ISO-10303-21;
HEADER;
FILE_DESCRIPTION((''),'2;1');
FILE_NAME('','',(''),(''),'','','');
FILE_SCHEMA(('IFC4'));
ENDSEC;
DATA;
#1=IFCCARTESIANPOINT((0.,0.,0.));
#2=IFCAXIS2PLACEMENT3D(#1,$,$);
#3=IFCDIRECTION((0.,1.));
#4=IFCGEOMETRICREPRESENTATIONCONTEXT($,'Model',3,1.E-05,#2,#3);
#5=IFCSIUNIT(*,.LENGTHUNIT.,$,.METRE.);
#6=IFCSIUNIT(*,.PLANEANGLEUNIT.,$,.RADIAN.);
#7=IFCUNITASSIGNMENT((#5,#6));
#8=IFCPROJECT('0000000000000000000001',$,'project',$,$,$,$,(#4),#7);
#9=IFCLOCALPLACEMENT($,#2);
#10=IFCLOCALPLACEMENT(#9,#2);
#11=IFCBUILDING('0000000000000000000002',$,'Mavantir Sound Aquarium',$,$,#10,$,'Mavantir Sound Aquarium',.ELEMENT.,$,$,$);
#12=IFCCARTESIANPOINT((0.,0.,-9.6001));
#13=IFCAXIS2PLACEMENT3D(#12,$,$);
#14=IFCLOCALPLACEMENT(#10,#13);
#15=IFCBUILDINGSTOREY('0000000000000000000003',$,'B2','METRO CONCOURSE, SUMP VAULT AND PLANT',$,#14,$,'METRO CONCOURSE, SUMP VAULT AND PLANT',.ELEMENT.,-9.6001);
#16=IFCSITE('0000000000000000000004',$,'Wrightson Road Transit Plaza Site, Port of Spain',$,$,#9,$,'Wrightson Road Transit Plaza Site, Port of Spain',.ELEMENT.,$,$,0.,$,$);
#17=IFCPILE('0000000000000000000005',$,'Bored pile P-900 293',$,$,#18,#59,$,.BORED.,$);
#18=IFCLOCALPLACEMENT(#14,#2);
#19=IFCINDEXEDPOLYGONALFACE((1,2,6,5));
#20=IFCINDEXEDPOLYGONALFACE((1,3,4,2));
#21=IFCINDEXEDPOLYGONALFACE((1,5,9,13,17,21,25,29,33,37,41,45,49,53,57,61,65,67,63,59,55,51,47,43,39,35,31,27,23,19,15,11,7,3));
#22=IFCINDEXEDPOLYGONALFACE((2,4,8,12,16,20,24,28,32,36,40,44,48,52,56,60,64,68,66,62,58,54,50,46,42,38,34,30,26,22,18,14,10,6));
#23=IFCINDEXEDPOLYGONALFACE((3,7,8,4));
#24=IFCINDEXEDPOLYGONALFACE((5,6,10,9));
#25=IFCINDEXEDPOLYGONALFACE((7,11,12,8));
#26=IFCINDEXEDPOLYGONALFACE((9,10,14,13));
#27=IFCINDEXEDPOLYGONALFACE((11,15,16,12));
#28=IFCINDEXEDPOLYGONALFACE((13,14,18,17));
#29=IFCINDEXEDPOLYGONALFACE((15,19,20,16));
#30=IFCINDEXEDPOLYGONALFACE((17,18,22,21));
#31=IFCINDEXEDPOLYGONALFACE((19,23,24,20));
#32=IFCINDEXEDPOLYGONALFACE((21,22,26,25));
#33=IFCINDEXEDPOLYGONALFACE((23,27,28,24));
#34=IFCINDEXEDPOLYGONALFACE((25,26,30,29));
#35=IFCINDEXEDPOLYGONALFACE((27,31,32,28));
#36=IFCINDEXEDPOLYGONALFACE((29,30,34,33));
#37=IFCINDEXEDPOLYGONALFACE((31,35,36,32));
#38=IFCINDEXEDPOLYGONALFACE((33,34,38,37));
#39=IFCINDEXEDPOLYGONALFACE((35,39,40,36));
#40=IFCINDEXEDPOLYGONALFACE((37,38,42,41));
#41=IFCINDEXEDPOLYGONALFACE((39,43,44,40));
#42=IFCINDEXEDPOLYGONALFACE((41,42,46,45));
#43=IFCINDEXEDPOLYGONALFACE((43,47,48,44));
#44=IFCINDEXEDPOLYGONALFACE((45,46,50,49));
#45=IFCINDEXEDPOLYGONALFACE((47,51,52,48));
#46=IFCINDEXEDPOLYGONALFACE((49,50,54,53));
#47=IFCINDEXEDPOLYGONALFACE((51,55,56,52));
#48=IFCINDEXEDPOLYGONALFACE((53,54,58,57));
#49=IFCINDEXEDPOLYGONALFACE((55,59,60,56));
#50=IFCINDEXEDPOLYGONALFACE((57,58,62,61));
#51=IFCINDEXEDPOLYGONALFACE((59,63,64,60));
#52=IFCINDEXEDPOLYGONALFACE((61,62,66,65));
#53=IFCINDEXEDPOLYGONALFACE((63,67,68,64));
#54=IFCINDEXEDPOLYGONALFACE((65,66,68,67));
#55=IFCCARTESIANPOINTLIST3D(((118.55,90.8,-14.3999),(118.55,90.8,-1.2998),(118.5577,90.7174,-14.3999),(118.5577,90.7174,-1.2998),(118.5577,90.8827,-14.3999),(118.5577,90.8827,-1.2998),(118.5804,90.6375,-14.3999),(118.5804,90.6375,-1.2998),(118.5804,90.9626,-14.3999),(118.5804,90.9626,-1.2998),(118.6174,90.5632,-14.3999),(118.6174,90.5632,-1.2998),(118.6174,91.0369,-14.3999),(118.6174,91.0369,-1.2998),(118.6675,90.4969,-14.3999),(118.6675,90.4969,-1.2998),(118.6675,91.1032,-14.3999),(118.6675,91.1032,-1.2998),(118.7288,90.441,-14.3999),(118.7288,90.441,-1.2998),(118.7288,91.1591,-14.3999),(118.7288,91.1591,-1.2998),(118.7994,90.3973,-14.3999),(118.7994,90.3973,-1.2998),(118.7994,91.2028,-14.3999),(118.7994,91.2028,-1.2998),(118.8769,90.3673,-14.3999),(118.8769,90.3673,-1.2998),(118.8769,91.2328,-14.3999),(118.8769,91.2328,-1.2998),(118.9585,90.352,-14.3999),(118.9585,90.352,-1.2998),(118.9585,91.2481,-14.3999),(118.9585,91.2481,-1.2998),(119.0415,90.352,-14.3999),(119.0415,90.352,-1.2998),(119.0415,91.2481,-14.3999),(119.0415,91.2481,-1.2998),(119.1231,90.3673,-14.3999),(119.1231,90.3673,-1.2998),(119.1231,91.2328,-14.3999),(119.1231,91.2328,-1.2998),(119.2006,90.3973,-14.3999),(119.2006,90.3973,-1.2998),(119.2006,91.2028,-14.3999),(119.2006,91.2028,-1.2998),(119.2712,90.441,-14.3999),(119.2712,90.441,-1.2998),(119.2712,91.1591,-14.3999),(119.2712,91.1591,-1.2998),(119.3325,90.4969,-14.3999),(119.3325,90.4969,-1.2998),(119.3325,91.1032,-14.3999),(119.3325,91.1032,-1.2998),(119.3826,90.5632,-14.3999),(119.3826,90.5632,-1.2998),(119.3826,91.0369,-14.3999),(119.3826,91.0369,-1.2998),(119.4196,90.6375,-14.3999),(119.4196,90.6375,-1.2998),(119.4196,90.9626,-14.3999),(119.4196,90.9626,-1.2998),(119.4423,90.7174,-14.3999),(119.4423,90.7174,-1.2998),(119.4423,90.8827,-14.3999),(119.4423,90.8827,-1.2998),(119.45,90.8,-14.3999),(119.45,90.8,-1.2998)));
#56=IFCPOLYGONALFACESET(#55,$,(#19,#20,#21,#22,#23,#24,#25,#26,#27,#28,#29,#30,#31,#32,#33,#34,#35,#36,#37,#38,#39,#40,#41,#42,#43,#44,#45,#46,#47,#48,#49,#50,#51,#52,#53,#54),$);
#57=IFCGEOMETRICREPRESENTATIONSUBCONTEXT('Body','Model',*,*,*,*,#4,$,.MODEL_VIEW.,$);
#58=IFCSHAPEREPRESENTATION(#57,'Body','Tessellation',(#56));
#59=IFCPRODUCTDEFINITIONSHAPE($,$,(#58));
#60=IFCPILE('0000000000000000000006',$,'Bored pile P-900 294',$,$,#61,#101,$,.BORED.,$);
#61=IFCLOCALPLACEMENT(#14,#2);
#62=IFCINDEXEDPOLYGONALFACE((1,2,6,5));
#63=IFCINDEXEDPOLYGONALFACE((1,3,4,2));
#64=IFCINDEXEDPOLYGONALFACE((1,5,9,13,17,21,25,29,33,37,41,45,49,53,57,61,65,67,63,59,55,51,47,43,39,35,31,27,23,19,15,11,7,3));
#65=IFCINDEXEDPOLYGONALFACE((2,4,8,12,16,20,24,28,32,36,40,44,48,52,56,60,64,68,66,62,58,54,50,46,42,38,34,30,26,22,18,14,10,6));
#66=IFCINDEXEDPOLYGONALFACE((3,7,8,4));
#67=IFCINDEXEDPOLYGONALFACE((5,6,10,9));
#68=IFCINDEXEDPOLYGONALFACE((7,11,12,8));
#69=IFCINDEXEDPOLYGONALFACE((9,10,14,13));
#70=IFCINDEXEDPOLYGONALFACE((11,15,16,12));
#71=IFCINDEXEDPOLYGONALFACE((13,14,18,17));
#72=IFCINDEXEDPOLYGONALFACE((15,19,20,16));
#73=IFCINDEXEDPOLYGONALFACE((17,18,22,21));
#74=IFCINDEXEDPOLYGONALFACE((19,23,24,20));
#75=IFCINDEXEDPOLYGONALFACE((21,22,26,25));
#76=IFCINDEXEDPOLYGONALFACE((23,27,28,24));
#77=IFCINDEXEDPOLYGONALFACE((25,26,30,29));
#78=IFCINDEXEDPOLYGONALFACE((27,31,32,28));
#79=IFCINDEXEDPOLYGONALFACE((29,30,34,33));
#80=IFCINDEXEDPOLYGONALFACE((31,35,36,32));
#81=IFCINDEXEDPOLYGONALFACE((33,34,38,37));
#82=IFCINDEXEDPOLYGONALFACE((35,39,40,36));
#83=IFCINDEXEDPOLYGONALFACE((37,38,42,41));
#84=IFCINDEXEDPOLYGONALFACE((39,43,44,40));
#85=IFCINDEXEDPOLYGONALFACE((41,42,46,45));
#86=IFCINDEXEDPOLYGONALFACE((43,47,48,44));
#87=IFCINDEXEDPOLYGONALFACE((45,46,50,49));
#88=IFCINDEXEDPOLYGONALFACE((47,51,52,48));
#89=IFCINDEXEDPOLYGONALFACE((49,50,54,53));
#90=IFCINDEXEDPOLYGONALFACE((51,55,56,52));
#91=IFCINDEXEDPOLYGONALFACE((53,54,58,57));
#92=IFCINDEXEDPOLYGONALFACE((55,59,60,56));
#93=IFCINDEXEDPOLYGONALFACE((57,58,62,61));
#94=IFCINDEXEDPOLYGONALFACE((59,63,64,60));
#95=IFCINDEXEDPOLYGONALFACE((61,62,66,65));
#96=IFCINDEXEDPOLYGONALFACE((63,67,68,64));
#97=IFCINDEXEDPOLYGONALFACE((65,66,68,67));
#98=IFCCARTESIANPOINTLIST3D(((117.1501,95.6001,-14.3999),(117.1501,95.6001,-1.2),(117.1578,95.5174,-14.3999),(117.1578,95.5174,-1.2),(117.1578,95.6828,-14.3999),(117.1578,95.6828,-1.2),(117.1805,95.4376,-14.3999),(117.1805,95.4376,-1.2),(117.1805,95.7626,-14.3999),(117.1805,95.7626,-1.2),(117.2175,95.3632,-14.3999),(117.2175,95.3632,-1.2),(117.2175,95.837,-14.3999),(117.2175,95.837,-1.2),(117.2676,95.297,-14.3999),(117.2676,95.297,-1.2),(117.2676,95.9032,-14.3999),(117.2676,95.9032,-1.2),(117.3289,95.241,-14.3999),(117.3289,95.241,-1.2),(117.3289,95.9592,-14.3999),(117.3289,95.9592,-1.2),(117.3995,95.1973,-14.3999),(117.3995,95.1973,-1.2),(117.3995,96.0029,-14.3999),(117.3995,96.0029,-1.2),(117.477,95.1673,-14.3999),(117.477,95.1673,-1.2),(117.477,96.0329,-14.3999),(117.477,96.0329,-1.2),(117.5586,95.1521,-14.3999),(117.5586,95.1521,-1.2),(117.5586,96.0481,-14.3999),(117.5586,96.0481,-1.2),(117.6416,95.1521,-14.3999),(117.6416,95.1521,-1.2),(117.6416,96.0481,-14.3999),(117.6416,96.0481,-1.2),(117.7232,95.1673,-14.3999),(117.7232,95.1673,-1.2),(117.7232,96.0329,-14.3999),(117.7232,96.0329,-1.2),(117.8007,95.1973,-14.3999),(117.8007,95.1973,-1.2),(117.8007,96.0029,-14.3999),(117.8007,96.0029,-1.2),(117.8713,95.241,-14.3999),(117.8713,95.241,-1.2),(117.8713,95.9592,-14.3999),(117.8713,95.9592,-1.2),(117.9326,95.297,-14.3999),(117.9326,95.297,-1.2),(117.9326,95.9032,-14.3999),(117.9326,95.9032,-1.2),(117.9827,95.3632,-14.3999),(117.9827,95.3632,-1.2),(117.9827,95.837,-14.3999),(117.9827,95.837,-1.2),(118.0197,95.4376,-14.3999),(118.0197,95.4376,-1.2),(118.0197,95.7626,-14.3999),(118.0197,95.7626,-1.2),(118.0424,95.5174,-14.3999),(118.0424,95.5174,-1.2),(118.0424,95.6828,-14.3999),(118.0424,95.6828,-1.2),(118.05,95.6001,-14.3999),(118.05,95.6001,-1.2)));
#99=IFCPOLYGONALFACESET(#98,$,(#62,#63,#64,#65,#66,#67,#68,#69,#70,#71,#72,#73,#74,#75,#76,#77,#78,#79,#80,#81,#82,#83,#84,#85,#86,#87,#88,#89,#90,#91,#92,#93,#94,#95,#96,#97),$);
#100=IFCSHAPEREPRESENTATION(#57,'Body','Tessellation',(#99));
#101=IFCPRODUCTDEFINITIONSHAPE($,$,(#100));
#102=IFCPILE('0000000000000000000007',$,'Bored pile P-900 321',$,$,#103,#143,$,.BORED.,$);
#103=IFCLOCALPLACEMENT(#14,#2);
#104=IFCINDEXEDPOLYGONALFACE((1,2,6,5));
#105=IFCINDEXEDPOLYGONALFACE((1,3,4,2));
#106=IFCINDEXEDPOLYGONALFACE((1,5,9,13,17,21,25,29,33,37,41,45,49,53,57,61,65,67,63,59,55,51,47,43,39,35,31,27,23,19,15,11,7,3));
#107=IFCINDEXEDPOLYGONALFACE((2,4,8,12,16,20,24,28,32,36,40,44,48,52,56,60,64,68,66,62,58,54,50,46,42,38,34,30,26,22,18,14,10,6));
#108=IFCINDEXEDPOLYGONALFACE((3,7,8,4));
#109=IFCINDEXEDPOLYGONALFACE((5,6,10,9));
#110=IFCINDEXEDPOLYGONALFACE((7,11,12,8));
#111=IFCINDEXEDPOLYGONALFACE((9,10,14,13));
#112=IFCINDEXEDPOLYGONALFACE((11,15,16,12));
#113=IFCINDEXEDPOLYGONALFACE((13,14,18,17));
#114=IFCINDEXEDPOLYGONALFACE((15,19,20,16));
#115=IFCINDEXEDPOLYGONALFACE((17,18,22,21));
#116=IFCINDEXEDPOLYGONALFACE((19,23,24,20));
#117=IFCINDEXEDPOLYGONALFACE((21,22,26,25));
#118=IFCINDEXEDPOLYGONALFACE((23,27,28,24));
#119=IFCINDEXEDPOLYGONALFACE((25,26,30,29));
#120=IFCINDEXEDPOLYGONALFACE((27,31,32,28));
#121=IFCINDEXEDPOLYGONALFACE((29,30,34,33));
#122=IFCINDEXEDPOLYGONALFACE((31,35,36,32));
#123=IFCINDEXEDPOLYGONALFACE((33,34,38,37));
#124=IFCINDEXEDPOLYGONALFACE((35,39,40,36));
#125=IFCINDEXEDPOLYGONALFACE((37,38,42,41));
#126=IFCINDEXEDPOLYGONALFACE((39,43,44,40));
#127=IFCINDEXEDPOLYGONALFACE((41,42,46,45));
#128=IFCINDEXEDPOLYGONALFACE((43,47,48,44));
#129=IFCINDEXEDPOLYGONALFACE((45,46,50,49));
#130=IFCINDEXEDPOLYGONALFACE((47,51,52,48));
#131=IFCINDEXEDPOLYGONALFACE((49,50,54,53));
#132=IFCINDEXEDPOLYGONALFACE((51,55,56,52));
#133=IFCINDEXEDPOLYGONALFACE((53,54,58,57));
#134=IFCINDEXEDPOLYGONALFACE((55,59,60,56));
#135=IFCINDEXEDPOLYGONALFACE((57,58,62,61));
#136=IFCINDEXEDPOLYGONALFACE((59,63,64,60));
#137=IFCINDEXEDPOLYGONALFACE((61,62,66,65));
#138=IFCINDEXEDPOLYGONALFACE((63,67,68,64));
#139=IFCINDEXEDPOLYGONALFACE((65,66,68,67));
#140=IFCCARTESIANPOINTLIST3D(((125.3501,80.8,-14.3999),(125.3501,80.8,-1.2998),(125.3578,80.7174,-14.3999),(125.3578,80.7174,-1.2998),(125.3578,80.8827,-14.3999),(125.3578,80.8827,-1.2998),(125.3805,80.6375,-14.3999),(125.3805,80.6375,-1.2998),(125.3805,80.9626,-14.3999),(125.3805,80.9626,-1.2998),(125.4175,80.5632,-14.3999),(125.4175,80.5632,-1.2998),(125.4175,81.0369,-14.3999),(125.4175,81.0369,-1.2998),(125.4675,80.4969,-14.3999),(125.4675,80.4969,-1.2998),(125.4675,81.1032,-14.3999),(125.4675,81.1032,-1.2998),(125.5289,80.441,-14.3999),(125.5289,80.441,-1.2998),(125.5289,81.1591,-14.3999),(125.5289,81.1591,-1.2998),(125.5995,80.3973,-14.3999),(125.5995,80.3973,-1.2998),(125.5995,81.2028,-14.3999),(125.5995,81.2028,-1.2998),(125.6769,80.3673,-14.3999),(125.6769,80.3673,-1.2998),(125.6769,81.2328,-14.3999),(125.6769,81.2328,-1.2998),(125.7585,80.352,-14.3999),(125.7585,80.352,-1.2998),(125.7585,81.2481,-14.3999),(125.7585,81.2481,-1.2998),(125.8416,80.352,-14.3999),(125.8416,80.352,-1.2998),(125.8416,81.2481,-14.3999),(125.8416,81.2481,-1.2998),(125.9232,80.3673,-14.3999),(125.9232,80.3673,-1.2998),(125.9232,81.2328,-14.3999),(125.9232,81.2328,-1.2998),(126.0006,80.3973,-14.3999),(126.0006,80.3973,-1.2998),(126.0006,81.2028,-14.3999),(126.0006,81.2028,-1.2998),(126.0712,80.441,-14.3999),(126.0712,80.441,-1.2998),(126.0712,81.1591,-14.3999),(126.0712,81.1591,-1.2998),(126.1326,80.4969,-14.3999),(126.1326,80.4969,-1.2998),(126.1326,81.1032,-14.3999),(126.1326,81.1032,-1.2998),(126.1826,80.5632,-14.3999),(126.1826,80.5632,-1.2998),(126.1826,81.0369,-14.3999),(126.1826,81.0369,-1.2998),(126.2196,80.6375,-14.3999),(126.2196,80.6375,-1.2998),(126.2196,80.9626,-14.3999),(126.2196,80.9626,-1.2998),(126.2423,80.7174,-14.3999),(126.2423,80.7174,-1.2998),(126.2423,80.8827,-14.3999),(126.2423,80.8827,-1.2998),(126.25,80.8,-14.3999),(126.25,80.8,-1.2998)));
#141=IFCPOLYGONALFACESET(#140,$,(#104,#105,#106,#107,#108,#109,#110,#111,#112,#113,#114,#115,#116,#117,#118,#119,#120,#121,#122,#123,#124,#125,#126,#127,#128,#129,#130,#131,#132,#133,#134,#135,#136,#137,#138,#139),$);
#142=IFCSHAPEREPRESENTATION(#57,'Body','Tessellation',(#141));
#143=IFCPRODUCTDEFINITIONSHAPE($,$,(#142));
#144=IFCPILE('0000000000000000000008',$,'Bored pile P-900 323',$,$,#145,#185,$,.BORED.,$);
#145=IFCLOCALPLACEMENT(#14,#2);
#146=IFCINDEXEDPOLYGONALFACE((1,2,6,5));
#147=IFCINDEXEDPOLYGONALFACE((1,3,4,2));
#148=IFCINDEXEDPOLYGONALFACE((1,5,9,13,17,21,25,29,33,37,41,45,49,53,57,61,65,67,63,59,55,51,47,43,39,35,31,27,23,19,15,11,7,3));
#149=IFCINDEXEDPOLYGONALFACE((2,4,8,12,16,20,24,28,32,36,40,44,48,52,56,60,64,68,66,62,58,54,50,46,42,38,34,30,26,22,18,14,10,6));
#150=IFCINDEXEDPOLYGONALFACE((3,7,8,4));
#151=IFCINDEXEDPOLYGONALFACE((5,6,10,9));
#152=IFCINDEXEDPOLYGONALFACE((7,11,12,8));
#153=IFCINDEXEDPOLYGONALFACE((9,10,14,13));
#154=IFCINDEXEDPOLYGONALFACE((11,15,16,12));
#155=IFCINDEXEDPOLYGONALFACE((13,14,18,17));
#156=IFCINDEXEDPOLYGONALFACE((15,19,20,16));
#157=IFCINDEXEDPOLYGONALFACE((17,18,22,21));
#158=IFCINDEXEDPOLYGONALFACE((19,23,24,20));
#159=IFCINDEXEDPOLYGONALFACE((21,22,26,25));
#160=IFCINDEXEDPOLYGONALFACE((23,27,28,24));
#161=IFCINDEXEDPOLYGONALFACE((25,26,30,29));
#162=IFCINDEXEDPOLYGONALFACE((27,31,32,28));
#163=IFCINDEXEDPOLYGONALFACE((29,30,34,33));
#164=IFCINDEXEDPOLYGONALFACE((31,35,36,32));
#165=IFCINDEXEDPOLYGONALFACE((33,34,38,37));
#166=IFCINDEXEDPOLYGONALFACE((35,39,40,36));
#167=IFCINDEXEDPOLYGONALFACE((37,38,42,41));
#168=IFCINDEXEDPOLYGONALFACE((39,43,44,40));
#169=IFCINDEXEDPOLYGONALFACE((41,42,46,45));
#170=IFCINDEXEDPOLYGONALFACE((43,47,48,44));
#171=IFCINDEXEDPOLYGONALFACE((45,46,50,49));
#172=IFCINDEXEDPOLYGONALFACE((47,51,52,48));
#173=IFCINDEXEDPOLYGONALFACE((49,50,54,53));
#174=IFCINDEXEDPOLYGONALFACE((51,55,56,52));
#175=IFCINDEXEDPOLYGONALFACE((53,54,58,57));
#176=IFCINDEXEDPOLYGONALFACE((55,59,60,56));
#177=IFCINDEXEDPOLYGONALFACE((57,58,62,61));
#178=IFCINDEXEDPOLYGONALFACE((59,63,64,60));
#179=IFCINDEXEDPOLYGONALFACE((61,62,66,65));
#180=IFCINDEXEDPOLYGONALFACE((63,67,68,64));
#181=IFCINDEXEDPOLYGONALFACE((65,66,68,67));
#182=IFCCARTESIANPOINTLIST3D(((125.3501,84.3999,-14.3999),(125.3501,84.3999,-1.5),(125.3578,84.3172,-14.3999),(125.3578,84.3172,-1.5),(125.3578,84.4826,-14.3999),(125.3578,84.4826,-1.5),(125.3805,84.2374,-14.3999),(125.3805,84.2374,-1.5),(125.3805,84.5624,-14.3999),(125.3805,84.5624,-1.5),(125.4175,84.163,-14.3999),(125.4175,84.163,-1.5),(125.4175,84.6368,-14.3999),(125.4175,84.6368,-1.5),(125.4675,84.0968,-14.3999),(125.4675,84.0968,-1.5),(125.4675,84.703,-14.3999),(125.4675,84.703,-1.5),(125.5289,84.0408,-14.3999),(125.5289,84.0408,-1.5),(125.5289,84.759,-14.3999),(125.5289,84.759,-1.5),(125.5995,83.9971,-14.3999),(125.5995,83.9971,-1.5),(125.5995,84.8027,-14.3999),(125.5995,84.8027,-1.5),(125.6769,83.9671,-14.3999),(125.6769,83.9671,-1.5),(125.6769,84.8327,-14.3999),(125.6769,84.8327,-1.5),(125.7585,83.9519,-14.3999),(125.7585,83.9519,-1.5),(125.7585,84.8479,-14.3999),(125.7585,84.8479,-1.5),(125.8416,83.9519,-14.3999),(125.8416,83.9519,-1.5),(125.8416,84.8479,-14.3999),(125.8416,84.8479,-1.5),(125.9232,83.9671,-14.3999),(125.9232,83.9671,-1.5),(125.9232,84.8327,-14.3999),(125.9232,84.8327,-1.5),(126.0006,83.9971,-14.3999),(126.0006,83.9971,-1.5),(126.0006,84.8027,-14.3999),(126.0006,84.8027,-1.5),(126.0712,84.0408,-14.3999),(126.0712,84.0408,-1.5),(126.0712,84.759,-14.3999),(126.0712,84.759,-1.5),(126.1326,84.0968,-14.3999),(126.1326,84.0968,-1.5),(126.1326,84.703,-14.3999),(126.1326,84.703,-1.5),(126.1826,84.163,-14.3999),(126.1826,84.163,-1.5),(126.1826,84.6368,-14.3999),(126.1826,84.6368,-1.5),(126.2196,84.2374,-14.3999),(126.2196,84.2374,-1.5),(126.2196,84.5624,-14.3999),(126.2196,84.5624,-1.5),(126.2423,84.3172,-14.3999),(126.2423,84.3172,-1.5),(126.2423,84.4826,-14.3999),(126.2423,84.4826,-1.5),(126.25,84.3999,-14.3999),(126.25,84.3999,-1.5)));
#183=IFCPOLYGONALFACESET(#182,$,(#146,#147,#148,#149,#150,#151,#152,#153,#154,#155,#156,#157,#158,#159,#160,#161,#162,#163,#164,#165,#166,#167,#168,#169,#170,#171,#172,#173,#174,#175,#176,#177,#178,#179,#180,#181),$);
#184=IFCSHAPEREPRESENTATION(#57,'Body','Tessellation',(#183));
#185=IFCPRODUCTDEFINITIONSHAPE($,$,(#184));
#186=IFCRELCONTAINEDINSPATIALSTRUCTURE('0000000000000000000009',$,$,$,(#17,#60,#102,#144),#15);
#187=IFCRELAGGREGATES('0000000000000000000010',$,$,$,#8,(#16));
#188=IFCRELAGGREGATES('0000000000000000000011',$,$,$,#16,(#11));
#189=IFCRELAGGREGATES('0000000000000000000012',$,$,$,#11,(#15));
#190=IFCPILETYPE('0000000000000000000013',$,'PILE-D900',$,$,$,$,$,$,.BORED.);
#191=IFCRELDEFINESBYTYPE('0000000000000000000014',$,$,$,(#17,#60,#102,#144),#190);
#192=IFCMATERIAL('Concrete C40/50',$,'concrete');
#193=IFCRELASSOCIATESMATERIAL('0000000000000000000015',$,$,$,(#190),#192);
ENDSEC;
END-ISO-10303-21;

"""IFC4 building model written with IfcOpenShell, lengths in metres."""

from ifc_helpers import new_model, si_unit, direction, frame, origin, origin_2d, place, context, subcontext, project, spatial, circle, extrude, material, material_profile, profile_set, type_object, element, save


model = new_model("IFC4")

# Units and contexts
model_context = context("Model", 3, precision=1e-05, world=origin(), true_north=direction((0.0, 1.0)))
body_context = subcontext(model_context, "Body", "Model", "MODEL_VIEW")
ifc_project = project(units=[si_unit("LENGTHUNIT", "METRE"), si_unit("PLANEANGLEUNIT", "RADIAN")], contexts=[model_context])

# Site, building, storey
site_placement = place(None, origin())
site = spatial("IfcSite", under=ifc_project, at=site_placement, Name="Wrightson Road Transit Plaza Site, Port of Spain", LongName="Wrightson Road Transit Plaza Site, Port of Spain", CompositionType="ELEMENT", RefElevation=0.0)
building_placement = place(site_placement, origin())
building = spatial("IfcBuilding", under=site, at=building_placement, Name="Mavantir Sound Aquarium", LongName="Mavantir Sound Aquarium", CompositionType="ELEMENT")
storey_placement = place(building_placement, frame((0.0, 0.0, -9.6001)))
storey = spatial("IfcBuildingStorey", under=building, at=storey_placement, Name="B2", Description="METRO CONCOURSE, SUMP VAULT AND PLANT", LongName="METRO CONCOURSE, SUMP VAULT AND PLANT", CompositionType="ELEMENT", Elevation=-9.6001)

# Shared definitions
ifc_material_1 = material(Name="Concrete C40/50", Category="concrete")

# Piles
ifc_material_profile_1 = material_profile(ifc_material_1, circle(Radius=0.45, at=origin_2d()), Name="PILE D900")
ifc_profile_set_1 = profile_set([ifc_material_profile_1], Name="Concrete C40/50")
pile_type = type_object("IfcPileType", Name="PILE-D900", PredefinedType="BORED", material=ifc_profile_set_1)
for number, where, z_axis, x_axis, name in (
    (1, (119.0, 90.8, -1.2998), (0.0, 0.0, -1.0), (1.0, 0.0, 0.0), "Bored pile P-900 293"),
):
    element("IfcPile", number, at=place(storey_placement, frame(where, z_axis=z_axis, x_axis=x_axis)), inside=storey, type_object=pile_type, Name=name, PredefinedType="BORED", context=body_context, shape_type="SweptSolid", body=[
        extrude(circle(Radius=0.45, at=origin_2d()), origin(), (0.0, 0.0, 1.0), 13.1001),
    ])
pile_1_placement = place(storey_placement, frame((117.6001, 95.6001, -1.2), z_axis=(0.0, 0.0, -1.0), x_axis=(1.0, 0.0, 0.0)))
element("IfcPile", 2, at=pile_1_placement, inside=storey, type_object=pile_type, Name="Bored pile P-900 294", PredefinedType="BORED", context=body_context, shape_type="SweptSolid", body=[
    extrude(circle(Radius=0.45, at=origin_2d()), origin(), (0.0, 0.0, 1.0), 13.2),
])
pile_2_placement = place(storey_placement, frame((125.8, 80.8, -1.2998), z_axis=(0.0, 0.0, -1.0), x_axis=(1.0, 0.0, 0.0)))
element("IfcPile", 3, at=pile_2_placement, inside=storey, type_object=pile_type, Name="Bored pile P-900 321", PredefinedType="BORED", context=body_context, shape_type="SweptSolid", body=[
    extrude(circle(Radius=0.45, at=origin_2d()), origin(), (0.0, 0.0, 1.0), 13.1001),
])
for number, where, z_axis, x_axis, name in (
    (4, (125.8, 84.3999, -1.5), (0.0, 0.0, -1.0), (1.0, 0.0, 0.0), "Bored pile P-900 323"),
):
    element("IfcPile", number, at=place(storey_placement, frame(where, z_axis=z_axis, x_axis=x_axis)), inside=storey, type_object=pile_type, Name=name, PredefinedType="BORED", context=body_context, shape_type="SweptSolid", body=[
        extrude(circle(Radius=0.45, at=origin_2d()), origin(), (0.0, 0.0, 1.0), 12.8999),
    ])

save(model, "model.ifc")
